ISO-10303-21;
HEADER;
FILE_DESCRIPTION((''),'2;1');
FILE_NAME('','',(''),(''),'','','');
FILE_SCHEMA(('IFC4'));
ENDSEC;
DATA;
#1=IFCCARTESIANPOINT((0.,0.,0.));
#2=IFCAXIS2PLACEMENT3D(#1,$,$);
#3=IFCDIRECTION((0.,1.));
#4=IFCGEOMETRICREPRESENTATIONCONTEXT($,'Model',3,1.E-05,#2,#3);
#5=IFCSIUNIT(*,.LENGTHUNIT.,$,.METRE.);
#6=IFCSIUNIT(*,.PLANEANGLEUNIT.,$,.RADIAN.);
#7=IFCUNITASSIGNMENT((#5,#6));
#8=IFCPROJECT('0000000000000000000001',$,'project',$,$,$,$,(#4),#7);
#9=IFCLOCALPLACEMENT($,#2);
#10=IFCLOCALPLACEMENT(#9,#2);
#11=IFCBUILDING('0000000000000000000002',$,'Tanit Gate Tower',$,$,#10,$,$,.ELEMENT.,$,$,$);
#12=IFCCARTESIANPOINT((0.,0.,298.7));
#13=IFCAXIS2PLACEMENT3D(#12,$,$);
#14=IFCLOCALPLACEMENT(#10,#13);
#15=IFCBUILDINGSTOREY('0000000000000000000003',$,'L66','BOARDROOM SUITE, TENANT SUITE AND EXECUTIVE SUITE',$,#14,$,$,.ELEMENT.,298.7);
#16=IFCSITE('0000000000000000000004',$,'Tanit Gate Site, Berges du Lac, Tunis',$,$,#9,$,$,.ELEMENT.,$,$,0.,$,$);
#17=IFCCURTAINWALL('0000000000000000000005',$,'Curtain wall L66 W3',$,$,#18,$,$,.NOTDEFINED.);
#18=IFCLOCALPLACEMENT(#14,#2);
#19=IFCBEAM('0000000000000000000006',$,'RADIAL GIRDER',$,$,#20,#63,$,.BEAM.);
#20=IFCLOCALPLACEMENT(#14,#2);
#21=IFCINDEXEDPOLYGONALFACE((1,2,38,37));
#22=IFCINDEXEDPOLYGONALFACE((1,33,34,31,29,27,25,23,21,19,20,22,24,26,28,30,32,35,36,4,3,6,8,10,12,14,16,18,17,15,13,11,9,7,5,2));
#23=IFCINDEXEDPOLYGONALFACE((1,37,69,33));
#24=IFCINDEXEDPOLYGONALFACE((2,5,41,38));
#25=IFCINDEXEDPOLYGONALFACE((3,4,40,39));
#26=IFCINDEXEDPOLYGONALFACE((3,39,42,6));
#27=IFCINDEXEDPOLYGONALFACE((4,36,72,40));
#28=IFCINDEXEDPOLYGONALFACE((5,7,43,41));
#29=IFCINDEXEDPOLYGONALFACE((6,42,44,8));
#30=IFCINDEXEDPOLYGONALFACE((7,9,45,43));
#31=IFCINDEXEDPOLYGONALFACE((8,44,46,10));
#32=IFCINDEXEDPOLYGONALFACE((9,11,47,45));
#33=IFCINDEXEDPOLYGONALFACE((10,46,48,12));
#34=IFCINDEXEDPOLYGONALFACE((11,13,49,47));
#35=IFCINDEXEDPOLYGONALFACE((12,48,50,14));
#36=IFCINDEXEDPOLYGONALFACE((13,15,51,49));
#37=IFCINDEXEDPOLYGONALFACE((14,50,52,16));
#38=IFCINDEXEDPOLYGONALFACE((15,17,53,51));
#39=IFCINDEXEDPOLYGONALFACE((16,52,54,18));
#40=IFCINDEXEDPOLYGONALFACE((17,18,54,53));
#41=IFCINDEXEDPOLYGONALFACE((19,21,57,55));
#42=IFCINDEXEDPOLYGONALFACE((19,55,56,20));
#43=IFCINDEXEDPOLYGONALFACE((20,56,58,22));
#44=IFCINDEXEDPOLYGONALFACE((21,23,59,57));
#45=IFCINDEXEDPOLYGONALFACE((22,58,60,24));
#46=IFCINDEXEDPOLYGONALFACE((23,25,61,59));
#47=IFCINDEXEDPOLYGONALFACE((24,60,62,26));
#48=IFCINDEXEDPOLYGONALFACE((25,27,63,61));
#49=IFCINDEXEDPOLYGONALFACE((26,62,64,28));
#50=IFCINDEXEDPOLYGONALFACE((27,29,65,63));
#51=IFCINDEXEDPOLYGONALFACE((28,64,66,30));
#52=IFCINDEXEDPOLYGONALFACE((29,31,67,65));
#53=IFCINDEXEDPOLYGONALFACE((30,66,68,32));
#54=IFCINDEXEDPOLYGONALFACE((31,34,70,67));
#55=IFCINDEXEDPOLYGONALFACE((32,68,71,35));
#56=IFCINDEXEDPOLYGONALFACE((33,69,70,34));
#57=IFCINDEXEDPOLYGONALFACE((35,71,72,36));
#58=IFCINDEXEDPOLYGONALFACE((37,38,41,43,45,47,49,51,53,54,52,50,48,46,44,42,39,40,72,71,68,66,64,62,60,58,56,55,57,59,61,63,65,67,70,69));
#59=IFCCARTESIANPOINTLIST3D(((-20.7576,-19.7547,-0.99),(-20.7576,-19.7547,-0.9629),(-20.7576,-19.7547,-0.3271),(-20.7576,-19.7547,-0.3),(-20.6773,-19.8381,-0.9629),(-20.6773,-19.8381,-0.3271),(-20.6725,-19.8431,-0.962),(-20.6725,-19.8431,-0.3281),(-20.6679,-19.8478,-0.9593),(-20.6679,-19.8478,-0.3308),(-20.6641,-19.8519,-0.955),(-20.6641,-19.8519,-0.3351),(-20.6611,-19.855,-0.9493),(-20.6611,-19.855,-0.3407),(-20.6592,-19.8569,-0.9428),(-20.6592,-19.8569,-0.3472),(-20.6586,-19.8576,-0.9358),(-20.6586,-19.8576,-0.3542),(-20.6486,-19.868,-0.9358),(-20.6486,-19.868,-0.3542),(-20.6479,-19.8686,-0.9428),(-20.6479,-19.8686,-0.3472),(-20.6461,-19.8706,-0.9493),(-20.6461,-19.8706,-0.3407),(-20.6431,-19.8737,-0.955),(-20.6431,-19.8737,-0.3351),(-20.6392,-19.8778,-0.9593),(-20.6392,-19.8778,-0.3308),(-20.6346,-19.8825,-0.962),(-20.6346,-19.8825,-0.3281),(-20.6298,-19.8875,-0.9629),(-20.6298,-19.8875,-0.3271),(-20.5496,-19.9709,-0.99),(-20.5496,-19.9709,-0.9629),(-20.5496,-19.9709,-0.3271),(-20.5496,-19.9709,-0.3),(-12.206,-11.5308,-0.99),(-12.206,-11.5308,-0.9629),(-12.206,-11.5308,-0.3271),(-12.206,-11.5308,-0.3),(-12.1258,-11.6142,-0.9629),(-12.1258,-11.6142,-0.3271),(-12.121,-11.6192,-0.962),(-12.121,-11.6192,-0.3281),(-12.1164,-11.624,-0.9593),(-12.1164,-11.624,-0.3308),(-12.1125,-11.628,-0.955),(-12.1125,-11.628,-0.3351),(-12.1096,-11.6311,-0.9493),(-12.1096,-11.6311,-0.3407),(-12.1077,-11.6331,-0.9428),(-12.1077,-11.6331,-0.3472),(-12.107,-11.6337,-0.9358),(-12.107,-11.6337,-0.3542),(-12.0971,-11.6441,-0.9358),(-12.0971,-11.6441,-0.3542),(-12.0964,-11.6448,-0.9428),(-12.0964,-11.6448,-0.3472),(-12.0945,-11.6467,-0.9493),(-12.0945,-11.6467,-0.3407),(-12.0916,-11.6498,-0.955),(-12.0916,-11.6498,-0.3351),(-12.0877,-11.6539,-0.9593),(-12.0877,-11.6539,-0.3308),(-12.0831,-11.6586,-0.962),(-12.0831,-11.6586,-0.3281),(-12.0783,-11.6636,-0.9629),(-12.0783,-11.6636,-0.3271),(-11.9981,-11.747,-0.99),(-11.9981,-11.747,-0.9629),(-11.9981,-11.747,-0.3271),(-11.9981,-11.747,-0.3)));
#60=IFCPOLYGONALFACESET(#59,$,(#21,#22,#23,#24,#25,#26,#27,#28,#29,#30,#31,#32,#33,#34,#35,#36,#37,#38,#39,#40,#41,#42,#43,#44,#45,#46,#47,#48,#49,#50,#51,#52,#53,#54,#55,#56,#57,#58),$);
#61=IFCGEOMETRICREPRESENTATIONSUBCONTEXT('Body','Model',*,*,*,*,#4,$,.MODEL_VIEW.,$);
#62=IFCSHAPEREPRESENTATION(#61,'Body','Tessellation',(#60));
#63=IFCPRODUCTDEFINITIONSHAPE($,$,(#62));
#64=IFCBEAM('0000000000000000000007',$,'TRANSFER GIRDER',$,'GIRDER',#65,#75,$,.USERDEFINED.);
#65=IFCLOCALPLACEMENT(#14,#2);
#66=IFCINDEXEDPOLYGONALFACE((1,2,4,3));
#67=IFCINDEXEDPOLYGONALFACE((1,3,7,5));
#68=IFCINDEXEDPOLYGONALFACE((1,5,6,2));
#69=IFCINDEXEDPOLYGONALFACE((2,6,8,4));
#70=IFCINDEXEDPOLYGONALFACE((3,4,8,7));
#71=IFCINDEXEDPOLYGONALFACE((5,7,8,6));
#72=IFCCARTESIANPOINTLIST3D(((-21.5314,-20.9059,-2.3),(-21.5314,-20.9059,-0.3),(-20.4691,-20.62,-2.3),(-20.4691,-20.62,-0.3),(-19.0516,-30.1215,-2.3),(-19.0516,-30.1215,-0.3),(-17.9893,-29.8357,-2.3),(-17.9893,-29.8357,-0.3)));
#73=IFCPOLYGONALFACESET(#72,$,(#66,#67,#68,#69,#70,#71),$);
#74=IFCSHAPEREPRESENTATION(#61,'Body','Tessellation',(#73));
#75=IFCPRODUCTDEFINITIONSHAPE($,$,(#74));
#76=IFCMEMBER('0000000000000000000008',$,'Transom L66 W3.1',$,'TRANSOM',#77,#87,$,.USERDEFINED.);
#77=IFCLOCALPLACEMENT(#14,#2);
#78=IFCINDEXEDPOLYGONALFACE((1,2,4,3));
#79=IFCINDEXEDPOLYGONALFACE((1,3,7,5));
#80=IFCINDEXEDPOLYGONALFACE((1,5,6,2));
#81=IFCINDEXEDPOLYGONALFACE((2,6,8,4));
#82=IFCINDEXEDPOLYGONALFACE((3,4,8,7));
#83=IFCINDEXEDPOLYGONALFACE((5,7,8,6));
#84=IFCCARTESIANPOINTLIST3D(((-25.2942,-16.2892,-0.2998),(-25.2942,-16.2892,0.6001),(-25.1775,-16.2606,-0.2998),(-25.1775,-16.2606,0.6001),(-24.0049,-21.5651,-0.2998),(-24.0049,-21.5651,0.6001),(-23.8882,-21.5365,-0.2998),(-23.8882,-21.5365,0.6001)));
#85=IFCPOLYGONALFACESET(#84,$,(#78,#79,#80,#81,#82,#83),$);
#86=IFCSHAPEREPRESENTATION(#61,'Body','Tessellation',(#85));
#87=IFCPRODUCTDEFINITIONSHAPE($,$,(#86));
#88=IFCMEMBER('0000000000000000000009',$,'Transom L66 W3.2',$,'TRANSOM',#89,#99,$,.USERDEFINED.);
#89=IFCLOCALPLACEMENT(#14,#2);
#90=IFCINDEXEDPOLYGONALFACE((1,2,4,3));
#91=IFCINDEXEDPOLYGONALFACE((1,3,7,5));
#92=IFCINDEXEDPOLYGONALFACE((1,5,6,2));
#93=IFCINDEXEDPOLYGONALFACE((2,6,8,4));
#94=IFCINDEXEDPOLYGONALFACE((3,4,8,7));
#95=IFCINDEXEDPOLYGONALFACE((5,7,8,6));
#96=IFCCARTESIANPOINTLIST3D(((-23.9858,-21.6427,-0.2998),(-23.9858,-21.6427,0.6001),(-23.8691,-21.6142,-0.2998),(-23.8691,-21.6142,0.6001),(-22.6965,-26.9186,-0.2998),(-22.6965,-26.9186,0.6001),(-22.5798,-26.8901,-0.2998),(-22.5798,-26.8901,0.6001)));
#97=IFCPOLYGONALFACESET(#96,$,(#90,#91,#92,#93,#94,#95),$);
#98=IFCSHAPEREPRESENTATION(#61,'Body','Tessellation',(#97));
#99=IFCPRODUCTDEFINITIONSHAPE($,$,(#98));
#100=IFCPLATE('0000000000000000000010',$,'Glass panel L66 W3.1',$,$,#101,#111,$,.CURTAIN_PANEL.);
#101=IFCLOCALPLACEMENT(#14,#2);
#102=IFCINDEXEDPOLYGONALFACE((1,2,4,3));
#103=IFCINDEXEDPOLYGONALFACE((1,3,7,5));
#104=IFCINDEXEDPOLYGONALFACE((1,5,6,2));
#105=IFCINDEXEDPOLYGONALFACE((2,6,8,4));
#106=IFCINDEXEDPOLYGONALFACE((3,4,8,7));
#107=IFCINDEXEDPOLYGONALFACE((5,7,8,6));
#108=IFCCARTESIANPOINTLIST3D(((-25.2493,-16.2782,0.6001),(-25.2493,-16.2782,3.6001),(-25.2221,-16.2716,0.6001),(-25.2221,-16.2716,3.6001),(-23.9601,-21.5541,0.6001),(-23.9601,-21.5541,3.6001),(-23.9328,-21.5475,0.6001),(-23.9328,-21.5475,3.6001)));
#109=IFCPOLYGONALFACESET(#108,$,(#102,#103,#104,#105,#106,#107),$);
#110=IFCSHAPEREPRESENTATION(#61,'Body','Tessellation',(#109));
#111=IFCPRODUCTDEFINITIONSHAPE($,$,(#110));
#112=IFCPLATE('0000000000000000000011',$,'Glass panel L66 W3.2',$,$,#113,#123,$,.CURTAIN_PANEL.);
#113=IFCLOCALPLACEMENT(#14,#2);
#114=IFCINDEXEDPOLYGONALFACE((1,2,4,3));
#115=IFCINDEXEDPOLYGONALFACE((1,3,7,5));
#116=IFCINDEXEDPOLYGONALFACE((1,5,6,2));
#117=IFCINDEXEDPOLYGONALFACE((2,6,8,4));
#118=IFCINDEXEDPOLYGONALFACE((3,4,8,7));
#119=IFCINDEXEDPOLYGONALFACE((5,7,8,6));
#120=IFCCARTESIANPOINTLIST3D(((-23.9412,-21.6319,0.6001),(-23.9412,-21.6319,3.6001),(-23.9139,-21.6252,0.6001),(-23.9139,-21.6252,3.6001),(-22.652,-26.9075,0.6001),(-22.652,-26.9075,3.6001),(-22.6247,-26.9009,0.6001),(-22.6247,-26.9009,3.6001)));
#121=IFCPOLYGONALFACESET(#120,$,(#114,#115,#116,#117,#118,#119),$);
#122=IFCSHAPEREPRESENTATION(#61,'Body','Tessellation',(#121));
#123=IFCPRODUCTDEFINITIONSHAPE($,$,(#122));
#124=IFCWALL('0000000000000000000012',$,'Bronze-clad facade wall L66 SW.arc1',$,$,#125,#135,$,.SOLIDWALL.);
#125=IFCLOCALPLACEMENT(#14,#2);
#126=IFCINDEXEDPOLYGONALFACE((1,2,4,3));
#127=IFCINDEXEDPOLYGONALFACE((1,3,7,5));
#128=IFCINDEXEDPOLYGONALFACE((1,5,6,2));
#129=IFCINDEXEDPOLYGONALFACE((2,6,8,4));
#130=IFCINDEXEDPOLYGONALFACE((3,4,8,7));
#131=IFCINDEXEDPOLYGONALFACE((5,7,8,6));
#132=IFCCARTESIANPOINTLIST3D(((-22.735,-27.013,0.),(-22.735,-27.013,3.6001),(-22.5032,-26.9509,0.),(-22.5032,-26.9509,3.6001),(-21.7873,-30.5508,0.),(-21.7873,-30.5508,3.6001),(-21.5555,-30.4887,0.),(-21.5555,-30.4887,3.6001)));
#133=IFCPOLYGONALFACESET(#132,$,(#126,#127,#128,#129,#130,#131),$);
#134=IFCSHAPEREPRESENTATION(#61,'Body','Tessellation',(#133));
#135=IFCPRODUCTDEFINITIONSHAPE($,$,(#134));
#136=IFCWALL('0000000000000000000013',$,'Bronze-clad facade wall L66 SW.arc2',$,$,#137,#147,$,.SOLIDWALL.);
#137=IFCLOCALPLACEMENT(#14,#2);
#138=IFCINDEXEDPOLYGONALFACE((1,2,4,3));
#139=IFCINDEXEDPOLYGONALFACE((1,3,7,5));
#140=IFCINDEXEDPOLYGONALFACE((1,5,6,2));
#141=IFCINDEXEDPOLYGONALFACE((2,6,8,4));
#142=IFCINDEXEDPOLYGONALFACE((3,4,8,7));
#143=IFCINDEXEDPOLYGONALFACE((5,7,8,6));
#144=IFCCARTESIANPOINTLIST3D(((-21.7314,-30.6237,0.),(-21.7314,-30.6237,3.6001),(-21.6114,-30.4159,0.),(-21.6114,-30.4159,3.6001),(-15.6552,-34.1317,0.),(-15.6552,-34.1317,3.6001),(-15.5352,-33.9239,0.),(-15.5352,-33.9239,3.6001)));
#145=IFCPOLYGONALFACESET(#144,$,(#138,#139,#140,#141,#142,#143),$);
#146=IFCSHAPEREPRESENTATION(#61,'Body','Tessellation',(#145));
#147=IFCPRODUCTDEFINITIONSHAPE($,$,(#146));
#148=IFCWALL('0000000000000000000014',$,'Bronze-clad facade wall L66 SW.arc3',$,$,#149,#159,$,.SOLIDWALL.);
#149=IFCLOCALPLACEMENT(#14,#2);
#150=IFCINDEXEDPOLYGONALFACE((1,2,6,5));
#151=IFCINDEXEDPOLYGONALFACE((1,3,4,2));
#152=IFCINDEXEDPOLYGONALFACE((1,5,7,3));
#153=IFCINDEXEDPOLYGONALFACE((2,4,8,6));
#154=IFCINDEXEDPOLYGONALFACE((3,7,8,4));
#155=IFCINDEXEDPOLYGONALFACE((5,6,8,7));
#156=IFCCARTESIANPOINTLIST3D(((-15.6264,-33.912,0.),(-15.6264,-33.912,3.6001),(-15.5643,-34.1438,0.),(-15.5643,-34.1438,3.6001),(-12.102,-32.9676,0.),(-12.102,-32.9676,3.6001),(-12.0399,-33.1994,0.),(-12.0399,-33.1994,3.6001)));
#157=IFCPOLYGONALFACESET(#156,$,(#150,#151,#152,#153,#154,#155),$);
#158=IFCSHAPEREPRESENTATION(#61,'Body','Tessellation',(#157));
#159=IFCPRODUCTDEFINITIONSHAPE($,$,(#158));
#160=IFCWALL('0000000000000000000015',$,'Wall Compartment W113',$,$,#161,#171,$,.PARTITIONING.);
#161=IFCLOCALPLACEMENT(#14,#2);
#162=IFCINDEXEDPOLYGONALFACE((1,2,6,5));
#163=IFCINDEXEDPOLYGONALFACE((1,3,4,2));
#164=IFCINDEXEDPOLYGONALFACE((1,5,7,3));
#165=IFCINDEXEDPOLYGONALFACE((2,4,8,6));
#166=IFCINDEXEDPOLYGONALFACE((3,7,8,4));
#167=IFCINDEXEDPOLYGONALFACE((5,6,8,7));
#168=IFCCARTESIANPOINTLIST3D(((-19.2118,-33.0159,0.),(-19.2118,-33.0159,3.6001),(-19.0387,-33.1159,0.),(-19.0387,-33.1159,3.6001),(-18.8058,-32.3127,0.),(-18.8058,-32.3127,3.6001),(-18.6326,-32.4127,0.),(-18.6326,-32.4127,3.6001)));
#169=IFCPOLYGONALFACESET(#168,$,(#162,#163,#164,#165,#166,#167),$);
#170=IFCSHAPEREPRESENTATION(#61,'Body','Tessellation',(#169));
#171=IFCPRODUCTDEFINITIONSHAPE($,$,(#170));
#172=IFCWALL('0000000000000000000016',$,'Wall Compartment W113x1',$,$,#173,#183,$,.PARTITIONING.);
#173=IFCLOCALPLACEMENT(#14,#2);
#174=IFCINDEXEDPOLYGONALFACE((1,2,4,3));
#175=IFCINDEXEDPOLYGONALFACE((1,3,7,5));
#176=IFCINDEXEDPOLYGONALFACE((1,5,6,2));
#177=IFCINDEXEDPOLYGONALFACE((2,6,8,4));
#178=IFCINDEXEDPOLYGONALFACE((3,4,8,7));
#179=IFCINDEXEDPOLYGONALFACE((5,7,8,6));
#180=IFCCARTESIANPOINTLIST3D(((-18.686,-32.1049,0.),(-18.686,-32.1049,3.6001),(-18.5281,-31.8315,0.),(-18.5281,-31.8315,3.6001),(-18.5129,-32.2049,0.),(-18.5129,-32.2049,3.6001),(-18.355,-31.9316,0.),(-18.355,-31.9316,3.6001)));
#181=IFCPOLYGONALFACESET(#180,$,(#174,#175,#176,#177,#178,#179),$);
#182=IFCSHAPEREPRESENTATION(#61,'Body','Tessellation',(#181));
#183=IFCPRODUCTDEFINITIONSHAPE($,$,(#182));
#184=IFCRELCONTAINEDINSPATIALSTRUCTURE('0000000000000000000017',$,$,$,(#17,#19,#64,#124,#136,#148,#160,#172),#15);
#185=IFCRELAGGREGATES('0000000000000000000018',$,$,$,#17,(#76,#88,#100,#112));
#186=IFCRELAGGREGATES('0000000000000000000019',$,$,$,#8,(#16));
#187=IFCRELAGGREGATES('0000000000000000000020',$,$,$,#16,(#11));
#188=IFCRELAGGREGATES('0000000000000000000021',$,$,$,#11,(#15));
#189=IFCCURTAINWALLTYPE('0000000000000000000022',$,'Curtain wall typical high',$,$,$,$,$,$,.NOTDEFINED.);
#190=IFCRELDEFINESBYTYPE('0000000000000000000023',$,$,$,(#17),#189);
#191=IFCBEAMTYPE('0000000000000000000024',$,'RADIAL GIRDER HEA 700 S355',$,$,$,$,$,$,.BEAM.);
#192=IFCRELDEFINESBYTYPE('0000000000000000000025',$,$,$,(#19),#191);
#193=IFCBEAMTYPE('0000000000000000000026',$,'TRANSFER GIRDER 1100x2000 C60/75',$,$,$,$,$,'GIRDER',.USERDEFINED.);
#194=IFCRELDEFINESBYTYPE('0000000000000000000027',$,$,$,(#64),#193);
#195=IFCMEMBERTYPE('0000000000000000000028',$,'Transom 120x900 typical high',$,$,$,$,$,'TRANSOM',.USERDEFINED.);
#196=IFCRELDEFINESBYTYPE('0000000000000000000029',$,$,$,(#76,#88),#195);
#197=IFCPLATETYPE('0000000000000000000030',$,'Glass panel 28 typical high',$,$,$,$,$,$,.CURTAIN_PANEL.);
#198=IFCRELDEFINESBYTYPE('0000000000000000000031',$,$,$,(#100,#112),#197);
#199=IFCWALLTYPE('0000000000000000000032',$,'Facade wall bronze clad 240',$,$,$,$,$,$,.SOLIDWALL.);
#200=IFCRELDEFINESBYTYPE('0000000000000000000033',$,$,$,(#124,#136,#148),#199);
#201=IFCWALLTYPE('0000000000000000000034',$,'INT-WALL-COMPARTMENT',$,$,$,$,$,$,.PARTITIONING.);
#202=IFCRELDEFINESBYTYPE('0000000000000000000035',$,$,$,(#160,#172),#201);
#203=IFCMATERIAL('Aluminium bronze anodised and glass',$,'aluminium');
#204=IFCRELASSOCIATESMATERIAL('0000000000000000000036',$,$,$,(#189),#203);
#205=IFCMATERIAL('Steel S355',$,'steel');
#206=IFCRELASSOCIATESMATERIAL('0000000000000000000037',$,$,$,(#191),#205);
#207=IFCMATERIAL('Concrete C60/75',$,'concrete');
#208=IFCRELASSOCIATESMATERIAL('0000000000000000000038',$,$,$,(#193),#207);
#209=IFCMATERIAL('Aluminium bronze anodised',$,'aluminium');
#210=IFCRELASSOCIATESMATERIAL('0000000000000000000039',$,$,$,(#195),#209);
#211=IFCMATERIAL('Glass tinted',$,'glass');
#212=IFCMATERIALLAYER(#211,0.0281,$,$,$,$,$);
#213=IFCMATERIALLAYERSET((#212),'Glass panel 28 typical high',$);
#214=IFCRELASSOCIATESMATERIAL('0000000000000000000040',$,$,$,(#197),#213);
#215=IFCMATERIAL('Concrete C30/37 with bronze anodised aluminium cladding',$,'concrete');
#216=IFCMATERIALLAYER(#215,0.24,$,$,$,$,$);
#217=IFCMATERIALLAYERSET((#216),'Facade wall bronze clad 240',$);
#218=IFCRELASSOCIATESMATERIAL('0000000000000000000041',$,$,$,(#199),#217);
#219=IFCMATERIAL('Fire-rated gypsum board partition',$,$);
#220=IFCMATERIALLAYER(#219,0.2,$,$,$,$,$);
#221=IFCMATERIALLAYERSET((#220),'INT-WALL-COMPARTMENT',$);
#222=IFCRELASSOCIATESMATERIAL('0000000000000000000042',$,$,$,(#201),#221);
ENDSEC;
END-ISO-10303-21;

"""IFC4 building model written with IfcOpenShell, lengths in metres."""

from ifc_helpers import new_model, si_unit, direction, frame, frame_2d, origin, origin_2d, place, context, subcontext, project, spatial, rectangle, i_section, extrude, material, layer, layer_set, material_profile, profile_set, type_object, element, aggregate, save


model = new_model("IFC4")

# Units and contexts
model_context = context("Model", 3, precision=1e-05, world=origin(), true_north=direction((0.0, 1.0)))
body_context = subcontext(model_context, "Body", "Model", "MODEL_VIEW")
ifc_project = project(units=[si_unit("LENGTHUNIT", "METRE"), si_unit("PLANEANGLEUNIT", "RADIAN")], contexts=[model_context])

# Site, building, storey
site_placement = place(None, origin())
site = spatial("IfcSite", under=ifc_project, at=site_placement, Name="Tanit Gate Site, Berges du Lac, Tunis", CompositionType="ELEMENT", RefElevation=0.0)
building_placement = place(site_placement, origin())
building = spatial("IfcBuilding", under=site, at=building_placement, Name="Tanit Gate Tower", CompositionType="ELEMENT")
storey_placement = place(building_placement, frame((0.0, 0.0, 298.7)))
storey = spatial("IfcBuildingStorey", under=building, at=storey_placement, Name="L66", Description="BOARDROOM SUITE, TENANT SUITE AND EXECUTIVE SUITE", CompositionType="ELEMENT", Elevation=298.7)

# Curtain wall
ifc_material_1 = material(Name="Aluminium bronze anodised and glass", Category="aluminium")
curtain_wall_type = type_object("IfcCurtainWallType", Name="Curtain wall typical high", PredefinedType="NOTDEFINED", material=ifc_material_1)
curtain_wall_1_placement = place(storey_placement, origin())
curtain_wall_1 = element("IfcCurtainWall", 1, at=curtain_wall_1_placement, inside=storey, type_object=curtain_wall_type, Name="Curtain wall L66 W3", PredefinedType="NOTDEFINED")

# Beams
ifc_material_2 = material(Name="Steel S355", Category="steel")
ifc_material_profile_1 = material_profile(ifc_material_2, i_section(OverallWidth=0.3, OverallDepth=0.6899, WebThickness=0.0144, FlangeThickness=0.0271, FilletRadius=0.0271, at=origin_2d()), Name="HEA 700")
ifc_profile_set_1 = profile_set([ifc_material_profile_1], Name="Steel S355")
beam_type_1 = type_object("IfcBeamType", Name="RADIAL GIRDER HEA 700 S355", PredefinedType="BEAM", material=ifc_profile_set_1)
beam_1_placement = place(storey_placement, frame((-20.6536, -19.8628, -0.645), z_axis=(0.72078, 0.693164, 0.0), x_axis=(-0.693164, 0.72078, 0.0)))
element("IfcBeam", 2, at=beam_1_placement, inside=storey, type_object=beam_type_1, Name="RADIAL GIRDER", PredefinedType="BEAM", context=body_context, shape_type="SweptSolid", body=[
    extrude(i_section(OverallWidth=0.3, OverallDepth=0.6899, WebThickness=0.0144, FlangeThickness=0.0271, FilletRadius=0.0271, at=origin_2d()), origin(), (0.0, 0.0, 1.0), 11.8643),
])
ifc_material_3 = material(Name="Concrete C60/75", Category="concrete")
ifc_material_profile_2 = material_profile(ifc_material_3, rectangle(XDim=1.1001, YDim=2.0, at=origin_2d()), Name="RC 1100x2000")
ifc_profile_set_2 = profile_set([ifc_material_profile_2], Name="Concrete C60/75")
beam_type_2 = type_object("IfcBeamType", Name="TRANSFER GIRDER 1100x2000 C60/75", ElementType="GIRDER", PredefinedType="USERDEFINED", material=ifc_profile_set_2)
beam_2_placement = place(storey_placement, frame((-21.0002, -20.7629, -1.3), z_axis=(0.259839, -0.965652, 0.0), x_axis=(0.965652, 0.259839, 0.0)))
element("IfcBeam", 3, at=beam_2_placement, inside=storey, type_object=beam_type_2, Name="TRANSFER GIRDER", ObjectType="GIRDER", PredefinedType="USERDEFINED", context=body_context, shape_type="SweptSolid", body=[
    extrude(rectangle(XDim=1.1001, YDim=2.0, at=origin_2d()), origin(), (0.0, 0.0, 1.0), 9.5435),
])

# Members
ifc_material_4 = material(Name="Aluminium bronze anodised", Category="aluminium")
ifc_material_profile_3 = material_profile(ifc_material_4, rectangle(XDim=0.1201, YDim=0.8999, at=origin_2d()), Name="120x900 bronze transom")
ifc_profile_set_3 = profile_set([ifc_material_profile_3], Name="Aluminium bronze anodised")
member_type_1 = type_object("IfcMemberType", Name="Transom 120x900 typical high", ElementType="TRANSOM", PredefinedType="USERDEFINED", material=ifc_profile_set_3)
member_1_placement = place(storey_placement, frame((-25.2358, -16.2749, 0.1501), z_axis=(0.237392, -0.971414, 0.0), x_axis=(0.971414, 0.237392, 0.0)))
member_1 = element("IfcMember", 4, at=member_1_placement, type_object=member_type_1, Name="Transom L66 W3.1", ObjectType="TRANSOM", PredefinedType="USERDEFINED", context=body_context, shape_type="SweptSolid", body=[
    extrude(rectangle(XDim=0.1201, YDim=0.8999, at=origin_2d()), origin(), (0.0, 0.0, 1.0), 5.4312),
])
member_2_placement = place(storey_placement, frame((-23.9275, -21.6284, 0.1501), z_axis=(0.237392, -0.971414, 0.0), x_axis=(0.971414, 0.237392, 0.0)))
member_2 = element("IfcMember", 5, at=member_2_placement, type_object=member_type_1, Name="Transom L66 W3.2", ObjectType="TRANSOM", PredefinedType="USERDEFINED", context=body_context, shape_type="SweptSolid", body=[
    extrude(rectangle(XDim=0.1201, YDim=0.8999, at=origin_2d()), origin(), (0.0, 0.0, 1.0), 5.4312),
])

# Plates
ifc_material_5 = material(Name="Glass tinted", Category="glass")
ifc_layer_1 = layer(ifc_material_5, 0.0281)
ifc_layer_set_1 = layer_set([ifc_layer_1], Name="Glass panel 28 typical high")
plate_type = type_object("IfcPlateType", Name="Glass panel 28 typical high", PredefinedType="CURTAIN_PANEL", material=ifc_layer_set_1)
plate_1_placement = place(storey_placement, frame((-24.5911, -18.9128, 0.6001), z_axis=(0.0, 0.0, 1.0), x_axis=(0.237387, -0.971415, 0.0)))
plate_1 = element("IfcPlate", 6, at=plate_1_placement, type_object=plate_type, Name="Glass panel L66 W3.1", PredefinedType="CURTAIN_PANEL", context=body_context, shape_type="SweptSolid", body=[
    extrude(rectangle(XDim=5.4312, YDim=0.0281, at=origin_2d()), origin(), (0.0, 0.0, 1.0), 3.0),
])
plate_2_placement = place(storey_placement, frame((-23.283, -24.2664, 0.6001), z_axis=(0.0, 0.0, 1.0), x_axis=(0.237387, -0.971415, 0.0)))
plate_2 = element("IfcPlate", 7, at=plate_2_placement, type_object=plate_type, Name="Glass panel L66 W3.2", PredefinedType="CURTAIN_PANEL", context=body_context, shape_type="SweptSolid", body=[
    extrude(rectangle(XDim=5.4309, YDim=0.0281, at=origin_2d()), origin(), (0.0, 0.0, 1.0), 3.0),
])
aggregate(curtain_wall_1, [member_1, member_2, plate_1, plate_2])

# Walls
ifc_material_6 = material(Name="Concrete C30/37 with bronze anodised aluminium cladding", Category="concrete")
ifc_layer_2 = layer(ifc_material_6, 0.24)
ifc_layer_set_2 = layer_set([ifc_layer_2], Name="Facade wall bronze clad 240")
wall_type_1 = type_object("IfcWallType", Name="Facade wall bronze clad 240", PredefinedType="SOLIDWALL", material=ifc_layer_set_2)
wall_1_placement = place(storey_placement, frame((-22.6191, -26.9819, 0.0), z_axis=(0.0, 0.0, 1.0), x_axis=(0.258766, -0.96594, 0.0)))
element("IfcWall", 8, at=wall_1_placement, inside=storey, type_object=wall_type_1, Name="Bronze-clad facade wall L66 SW.arc1", PredefinedType="SOLIDWALL", context=body_context, shape_type="SweptSolid", body=[
    extrude(rectangle(XDim=3.6626, YDim=0.24, at=frame_2d((1.8313, 0.0))), origin(), (0.0, 0.0, 1.0), 3.6001),
])
wall_2_placement = place(storey_placement, frame((-21.6714, -30.5198, 0.0), z_axis=(0.0, 0.0, 1.0), x_axis=(0.866027, -0.499998, 0.0)))
element("IfcWall", 9, at=wall_2_placement, inside=storey, type_object=wall_type_1, Name="Bronze-clad facade wall L66 SW.arc2", PredefinedType="SOLIDWALL", context=body_context, shape_type="SweptSolid", body=[
    extrude(rectangle(XDim=7.0161, YDim=0.24, at=frame_2d((3.5081, 0.0))), origin(), (0.0, 0.0, 1.0), 3.6001),
])
wall_3_placement = place(storey_placement, frame((-15.5952, -34.0278, 0.0), z_axis=(0.0, 0.0, 1.0), x_axis=(0.965928, 0.258812, 0.0)))
element("IfcWall", 10, at=wall_3_placement, inside=storey, type_object=wall_type_1, Name="Bronze-clad facade wall L66 SW.arc3", PredefinedType="SOLIDWALL", context=body_context, shape_type="SweptSolid", body=[
    extrude(rectangle(XDim=3.6487, YDim=0.24, at=frame_2d((1.8242, 0.0))), origin(), (0.0, 0.0, 1.0), 3.6001),
])
ifc_material_7 = material(Name="Fire-rated gypsum board partition")
ifc_layer_3 = layer(ifc_material_7, 0.2)
ifc_layer_set_3 = layer_set([ifc_layer_3], Name="INT-WALL-COMPARTMENT")
wall_type_2 = type_object("IfcWallType", Name="INT-WALL-COMPARTMENT", PredefinedType="PARTITIONING", material=ifc_layer_set_3)
wall_4_placement = place(storey_placement, frame((-19.1252, -33.0659, 0.0), z_axis=(0.0, 0.0, 1.0), x_axis=(0.500052, 0.865995, 0.0)))
element("IfcWall", 11, at=wall_4_placement, inside=storey, type_object=wall_type_2, Name="Wall Compartment W113", PredefinedType="PARTITIONING", context=body_context, shape_type="SweptSolid", body=[
    extrude(rectangle(XDim=0.812, YDim=0.2, at=frame_2d((0.406, 0.0))), origin(), (0.0, 0.0, 1.0), 3.6001),
])
wall_5_placement = place(storey_placement, frame((-18.5994, -32.1548, 0.0), z_axis=(0.0, 0.0, 1.0), x_axis=(0.500213, 0.865902, 0.0)))
element("IfcWall", 12, at=wall_5_placement, inside=storey, type_object=wall_type_2, Name="Wall Compartment W113x1", PredefinedType="PARTITIONING", context=body_context, shape_type="SweptSolid", body=[
    extrude(rectangle(XDim=0.3157, YDim=0.2, at=frame_2d((0.1577, 0.0))), origin(), (0.0, 0.0, 1.0), 3.6001),
])

save(model, "model.ifc")
